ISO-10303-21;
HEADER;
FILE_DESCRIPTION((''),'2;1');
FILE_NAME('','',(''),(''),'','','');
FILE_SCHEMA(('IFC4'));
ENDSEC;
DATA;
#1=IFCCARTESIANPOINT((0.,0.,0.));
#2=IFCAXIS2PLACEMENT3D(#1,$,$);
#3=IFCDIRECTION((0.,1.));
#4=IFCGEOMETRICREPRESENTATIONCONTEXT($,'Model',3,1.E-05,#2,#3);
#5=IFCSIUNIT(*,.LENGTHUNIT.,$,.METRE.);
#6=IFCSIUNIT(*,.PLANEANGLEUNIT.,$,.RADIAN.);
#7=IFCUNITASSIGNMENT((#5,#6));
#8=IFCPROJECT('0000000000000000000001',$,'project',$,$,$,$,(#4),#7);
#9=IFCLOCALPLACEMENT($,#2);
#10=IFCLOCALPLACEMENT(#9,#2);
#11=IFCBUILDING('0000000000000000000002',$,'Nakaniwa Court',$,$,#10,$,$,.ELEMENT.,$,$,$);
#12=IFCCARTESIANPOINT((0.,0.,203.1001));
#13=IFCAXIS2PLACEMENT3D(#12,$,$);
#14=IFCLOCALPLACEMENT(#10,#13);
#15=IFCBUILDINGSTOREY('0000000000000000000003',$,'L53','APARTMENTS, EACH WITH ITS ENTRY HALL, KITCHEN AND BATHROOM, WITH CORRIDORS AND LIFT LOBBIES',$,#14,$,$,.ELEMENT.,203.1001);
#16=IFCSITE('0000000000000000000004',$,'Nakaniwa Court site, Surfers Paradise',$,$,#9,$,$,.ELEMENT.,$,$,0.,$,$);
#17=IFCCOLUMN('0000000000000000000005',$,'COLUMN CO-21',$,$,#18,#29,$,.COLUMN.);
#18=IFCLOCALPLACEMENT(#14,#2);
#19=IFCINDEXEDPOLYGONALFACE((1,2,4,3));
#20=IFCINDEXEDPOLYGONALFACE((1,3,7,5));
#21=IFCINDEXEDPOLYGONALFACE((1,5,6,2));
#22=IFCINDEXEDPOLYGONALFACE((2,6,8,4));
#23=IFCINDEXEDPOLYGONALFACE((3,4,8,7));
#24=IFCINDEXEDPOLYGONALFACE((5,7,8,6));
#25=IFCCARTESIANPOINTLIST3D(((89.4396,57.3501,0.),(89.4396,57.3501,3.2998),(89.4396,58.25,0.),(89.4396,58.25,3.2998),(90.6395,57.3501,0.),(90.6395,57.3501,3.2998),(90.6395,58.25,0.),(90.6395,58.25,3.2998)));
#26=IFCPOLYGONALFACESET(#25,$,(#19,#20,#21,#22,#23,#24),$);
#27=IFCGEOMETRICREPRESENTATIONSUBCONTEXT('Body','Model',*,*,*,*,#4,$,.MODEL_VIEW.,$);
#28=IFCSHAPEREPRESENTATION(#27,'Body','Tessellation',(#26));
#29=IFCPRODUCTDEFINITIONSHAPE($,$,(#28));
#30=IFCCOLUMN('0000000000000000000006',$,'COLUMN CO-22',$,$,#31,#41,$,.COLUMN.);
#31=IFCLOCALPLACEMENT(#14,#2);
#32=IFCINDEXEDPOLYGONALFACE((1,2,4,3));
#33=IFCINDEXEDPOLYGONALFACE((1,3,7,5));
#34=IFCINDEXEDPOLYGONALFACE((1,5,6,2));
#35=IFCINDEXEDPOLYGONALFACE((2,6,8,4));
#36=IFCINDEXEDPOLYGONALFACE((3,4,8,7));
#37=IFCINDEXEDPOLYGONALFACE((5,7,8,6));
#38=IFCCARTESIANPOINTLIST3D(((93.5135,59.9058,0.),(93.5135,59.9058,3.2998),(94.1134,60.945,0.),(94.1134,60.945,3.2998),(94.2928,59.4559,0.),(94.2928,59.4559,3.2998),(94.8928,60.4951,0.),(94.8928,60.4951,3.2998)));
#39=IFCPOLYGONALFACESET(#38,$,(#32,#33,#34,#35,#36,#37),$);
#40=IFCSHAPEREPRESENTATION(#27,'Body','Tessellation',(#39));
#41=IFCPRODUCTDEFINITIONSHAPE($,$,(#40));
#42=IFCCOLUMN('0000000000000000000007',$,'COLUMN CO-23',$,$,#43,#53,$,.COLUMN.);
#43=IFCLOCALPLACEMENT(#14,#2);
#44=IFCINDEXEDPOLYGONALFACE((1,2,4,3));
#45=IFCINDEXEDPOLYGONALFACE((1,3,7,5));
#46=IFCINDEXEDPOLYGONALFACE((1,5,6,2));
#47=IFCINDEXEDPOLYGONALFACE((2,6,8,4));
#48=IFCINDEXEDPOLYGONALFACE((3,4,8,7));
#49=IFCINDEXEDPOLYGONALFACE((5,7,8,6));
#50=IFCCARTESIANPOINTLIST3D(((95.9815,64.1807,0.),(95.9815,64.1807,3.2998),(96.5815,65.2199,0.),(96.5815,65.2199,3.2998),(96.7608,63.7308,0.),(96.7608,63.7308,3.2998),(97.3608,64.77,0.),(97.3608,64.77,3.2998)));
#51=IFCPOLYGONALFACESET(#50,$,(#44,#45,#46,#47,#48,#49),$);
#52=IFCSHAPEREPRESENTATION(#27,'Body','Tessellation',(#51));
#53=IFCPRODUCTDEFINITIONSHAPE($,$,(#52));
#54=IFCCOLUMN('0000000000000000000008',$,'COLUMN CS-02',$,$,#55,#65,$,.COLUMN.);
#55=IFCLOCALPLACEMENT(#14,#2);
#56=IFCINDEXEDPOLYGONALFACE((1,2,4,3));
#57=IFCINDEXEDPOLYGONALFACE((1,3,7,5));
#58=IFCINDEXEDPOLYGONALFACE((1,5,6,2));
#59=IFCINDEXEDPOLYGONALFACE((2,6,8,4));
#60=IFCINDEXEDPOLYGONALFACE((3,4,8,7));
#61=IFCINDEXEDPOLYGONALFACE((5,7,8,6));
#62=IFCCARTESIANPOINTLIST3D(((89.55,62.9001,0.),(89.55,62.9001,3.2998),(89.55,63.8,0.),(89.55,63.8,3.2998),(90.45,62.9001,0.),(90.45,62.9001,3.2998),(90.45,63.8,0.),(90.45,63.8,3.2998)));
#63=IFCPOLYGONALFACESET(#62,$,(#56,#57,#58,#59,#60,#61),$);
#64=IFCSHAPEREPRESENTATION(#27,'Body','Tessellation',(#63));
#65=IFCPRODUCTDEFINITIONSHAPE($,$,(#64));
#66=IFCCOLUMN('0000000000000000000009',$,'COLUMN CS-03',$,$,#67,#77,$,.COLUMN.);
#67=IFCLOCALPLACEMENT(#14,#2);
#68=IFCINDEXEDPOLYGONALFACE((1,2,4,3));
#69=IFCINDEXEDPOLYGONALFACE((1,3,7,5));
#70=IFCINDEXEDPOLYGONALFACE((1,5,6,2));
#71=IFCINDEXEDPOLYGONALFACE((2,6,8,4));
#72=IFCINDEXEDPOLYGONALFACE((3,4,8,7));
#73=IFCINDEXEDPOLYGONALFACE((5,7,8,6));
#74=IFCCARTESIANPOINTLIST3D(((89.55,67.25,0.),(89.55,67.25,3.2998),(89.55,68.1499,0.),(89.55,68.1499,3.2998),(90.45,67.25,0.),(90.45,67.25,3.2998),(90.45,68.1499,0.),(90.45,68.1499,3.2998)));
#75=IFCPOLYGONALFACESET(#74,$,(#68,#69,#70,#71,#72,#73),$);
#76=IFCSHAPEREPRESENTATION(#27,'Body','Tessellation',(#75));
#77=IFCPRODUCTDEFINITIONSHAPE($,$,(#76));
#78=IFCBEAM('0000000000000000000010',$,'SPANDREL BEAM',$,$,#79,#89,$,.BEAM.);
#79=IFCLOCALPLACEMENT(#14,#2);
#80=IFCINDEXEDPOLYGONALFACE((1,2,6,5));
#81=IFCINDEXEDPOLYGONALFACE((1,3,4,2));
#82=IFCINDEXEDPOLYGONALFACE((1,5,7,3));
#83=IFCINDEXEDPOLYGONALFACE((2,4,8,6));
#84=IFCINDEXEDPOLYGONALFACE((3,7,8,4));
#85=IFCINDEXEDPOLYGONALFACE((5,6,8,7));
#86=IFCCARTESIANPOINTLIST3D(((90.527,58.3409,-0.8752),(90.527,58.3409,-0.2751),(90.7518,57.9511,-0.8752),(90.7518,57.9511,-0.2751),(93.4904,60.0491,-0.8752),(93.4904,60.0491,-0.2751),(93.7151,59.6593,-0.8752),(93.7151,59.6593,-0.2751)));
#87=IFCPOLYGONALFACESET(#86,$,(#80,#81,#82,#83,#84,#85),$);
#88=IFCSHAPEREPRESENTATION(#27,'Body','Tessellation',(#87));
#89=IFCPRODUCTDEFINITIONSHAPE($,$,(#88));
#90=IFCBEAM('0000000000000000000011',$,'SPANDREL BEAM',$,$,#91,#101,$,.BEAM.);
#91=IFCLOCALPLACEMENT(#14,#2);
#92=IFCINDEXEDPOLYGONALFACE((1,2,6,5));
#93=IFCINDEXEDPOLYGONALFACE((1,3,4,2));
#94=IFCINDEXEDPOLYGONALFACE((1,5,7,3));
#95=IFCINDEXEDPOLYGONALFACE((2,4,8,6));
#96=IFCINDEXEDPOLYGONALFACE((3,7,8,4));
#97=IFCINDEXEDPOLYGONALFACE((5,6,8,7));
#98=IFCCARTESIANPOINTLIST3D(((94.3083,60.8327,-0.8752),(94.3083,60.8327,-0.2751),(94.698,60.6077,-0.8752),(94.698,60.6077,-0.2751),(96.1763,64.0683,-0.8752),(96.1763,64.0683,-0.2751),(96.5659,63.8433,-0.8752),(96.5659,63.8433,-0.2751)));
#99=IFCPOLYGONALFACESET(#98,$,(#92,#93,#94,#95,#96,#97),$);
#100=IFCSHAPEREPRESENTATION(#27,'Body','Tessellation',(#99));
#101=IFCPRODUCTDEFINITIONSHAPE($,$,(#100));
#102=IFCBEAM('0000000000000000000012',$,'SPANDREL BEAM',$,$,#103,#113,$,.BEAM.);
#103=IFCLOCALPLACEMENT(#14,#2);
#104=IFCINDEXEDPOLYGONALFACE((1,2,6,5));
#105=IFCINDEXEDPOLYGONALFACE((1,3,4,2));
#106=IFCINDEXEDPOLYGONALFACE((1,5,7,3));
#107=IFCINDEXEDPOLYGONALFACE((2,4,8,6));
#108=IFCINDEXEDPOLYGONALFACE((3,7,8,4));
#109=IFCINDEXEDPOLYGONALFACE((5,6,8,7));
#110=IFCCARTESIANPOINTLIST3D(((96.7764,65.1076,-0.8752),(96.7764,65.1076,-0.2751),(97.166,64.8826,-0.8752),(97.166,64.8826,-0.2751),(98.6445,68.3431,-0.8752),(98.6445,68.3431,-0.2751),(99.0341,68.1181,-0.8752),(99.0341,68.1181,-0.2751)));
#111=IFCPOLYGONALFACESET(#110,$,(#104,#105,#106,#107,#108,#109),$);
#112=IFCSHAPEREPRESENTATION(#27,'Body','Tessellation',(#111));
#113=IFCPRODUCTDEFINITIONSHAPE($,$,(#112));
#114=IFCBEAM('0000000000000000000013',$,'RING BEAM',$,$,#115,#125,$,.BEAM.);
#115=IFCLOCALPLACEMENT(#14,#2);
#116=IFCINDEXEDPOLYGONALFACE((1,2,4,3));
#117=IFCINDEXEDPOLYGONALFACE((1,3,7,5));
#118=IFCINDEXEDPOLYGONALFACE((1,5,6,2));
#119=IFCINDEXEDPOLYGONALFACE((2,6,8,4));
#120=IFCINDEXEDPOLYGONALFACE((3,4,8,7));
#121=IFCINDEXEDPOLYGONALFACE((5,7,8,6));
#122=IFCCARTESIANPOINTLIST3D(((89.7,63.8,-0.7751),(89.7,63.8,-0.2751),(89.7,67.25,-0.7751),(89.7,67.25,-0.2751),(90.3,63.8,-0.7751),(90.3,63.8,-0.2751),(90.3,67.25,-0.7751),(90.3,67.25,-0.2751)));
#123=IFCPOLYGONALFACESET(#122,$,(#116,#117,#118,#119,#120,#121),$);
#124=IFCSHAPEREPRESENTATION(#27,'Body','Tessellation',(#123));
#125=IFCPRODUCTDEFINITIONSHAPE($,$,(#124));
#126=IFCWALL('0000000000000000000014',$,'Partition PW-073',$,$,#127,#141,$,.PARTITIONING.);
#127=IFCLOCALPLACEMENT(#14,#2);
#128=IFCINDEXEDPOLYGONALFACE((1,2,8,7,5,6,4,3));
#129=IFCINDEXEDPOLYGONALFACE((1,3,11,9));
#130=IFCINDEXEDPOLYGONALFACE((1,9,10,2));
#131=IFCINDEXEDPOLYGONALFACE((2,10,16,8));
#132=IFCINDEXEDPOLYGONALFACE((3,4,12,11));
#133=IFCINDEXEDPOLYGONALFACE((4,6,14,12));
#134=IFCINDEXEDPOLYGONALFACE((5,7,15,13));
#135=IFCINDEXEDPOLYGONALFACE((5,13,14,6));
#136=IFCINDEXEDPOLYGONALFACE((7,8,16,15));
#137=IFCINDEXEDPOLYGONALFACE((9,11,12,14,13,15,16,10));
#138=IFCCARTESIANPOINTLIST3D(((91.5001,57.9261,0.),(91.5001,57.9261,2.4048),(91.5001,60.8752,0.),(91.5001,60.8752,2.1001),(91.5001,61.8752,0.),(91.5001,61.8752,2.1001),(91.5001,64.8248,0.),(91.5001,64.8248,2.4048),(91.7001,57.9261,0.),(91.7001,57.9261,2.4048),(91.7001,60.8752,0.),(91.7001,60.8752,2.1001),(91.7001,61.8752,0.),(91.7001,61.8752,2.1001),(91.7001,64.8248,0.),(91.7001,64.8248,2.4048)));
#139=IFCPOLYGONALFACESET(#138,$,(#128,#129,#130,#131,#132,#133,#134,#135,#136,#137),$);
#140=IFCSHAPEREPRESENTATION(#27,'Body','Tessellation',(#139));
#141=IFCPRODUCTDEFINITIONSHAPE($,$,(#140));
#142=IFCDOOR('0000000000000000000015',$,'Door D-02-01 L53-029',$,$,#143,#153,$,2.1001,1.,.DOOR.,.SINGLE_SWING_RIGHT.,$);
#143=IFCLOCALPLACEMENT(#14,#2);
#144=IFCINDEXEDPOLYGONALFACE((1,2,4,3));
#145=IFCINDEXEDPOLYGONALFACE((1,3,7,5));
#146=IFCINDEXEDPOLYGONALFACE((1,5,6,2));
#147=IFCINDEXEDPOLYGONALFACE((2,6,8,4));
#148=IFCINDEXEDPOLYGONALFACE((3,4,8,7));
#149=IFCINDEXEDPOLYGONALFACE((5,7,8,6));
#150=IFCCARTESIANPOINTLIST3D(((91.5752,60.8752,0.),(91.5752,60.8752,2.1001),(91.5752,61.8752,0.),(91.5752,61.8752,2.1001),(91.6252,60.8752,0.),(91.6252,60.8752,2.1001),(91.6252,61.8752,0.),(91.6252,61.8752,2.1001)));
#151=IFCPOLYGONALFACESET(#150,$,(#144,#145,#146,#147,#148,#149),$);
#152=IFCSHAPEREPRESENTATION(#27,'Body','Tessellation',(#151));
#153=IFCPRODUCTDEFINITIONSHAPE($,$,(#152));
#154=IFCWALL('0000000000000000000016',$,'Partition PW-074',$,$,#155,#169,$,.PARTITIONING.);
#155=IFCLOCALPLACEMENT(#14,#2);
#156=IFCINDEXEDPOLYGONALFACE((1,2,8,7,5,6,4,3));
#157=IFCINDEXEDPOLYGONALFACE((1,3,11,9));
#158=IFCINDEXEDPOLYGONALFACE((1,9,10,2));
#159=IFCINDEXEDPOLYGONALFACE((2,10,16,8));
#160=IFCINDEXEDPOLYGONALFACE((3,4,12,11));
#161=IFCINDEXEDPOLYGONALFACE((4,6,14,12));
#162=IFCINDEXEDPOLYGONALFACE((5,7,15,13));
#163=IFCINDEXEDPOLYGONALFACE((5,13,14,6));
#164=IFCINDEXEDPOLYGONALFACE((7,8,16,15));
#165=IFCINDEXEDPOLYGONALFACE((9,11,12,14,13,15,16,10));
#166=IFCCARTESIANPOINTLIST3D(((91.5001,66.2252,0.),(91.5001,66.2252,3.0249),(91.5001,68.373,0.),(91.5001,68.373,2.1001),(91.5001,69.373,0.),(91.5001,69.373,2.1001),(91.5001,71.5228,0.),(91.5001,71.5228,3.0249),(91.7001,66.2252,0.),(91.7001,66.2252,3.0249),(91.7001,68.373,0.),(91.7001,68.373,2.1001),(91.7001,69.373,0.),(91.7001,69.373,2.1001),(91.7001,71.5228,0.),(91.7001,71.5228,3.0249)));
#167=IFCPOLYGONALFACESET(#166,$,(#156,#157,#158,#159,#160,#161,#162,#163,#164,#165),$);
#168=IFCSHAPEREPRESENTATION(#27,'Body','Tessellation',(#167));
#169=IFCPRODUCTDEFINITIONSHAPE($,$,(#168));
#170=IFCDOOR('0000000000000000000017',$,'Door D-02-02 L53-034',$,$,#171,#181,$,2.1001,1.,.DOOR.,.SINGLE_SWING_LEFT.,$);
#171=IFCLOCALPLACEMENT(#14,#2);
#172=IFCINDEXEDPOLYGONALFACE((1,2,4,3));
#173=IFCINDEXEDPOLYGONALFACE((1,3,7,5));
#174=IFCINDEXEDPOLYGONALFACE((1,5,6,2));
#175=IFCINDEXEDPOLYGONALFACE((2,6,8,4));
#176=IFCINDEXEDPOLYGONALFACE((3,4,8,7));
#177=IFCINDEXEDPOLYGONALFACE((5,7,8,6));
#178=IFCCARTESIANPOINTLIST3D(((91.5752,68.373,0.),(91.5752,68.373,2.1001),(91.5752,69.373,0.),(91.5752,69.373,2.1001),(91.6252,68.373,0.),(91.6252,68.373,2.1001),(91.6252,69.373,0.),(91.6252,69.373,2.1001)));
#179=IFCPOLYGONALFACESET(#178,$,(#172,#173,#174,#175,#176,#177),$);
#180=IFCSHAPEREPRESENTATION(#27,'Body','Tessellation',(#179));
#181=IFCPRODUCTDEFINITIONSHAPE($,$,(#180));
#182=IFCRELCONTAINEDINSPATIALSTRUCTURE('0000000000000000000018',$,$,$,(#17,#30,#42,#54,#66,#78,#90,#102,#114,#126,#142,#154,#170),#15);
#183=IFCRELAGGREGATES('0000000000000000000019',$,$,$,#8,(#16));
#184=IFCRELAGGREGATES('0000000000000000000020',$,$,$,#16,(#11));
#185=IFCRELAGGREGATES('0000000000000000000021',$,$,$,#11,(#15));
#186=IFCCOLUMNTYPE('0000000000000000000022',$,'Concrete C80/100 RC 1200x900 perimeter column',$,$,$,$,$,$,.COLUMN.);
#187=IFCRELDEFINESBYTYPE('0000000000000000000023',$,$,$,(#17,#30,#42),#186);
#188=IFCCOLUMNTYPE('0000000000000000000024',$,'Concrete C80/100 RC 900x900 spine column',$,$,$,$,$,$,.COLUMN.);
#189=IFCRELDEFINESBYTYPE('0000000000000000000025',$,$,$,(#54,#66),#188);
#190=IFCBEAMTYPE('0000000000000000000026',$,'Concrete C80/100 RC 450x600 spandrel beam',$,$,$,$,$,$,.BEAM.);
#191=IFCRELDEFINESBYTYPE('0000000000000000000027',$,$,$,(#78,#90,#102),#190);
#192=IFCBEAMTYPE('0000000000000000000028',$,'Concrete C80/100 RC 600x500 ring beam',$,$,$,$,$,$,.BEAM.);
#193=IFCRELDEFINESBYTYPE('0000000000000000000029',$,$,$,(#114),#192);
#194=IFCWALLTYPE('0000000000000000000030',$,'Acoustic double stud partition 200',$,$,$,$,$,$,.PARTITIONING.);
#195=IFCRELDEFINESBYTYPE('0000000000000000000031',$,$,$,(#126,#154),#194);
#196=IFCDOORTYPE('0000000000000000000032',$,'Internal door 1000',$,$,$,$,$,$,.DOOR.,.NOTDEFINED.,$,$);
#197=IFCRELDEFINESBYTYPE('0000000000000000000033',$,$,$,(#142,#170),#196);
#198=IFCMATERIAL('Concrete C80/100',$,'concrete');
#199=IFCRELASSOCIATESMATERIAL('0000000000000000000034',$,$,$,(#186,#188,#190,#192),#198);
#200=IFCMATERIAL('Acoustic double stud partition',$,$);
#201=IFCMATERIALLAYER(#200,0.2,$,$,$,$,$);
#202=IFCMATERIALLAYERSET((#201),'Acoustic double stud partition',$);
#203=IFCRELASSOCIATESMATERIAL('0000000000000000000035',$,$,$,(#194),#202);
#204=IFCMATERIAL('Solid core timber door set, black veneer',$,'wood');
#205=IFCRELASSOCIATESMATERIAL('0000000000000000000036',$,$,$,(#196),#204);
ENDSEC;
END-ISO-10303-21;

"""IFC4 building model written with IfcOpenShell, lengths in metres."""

from ifc_helpers import new_model, si_unit, direction, frame, frame_2d, origin, origin_2d, place, context, subcontext, project, spatial, rectangle, extrude, material, layer, layer_set, material_profile, profile_set, type_object, element, fill, save


model = new_model("IFC4")

# Units and contexts
model_context = context("Model", 3, precision=1e-05, world=origin(), true_north=direction((0.0, 1.0)))
body_context = subcontext(model_context, "Body", "Model", "MODEL_VIEW")
ifc_project = project(units=[si_unit("LENGTHUNIT", "METRE"), si_unit("PLANEANGLEUNIT", "RADIAN")], contexts=[model_context])

# Site, building, storey
site_placement = place(None, origin())
site = spatial("IfcSite", under=ifc_project, at=site_placement, Name="Nakaniwa Court site, Surfers Paradise", CompositionType="ELEMENT", RefElevation=0.0)
building_placement = place(site_placement, origin())
building = spatial("IfcBuilding", under=site, at=building_placement, Name="Nakaniwa Court", CompositionType="ELEMENT")
storey_placement = place(building_placement, frame((0.0, 0.0, 203.1001)))
storey = spatial("IfcBuildingStorey", under=building, at=storey_placement, Name="L53", Description="APARTMENTS, EACH WITH ITS ENTRY HALL, KITCHEN AND BATHROOM, WITH CORRIDORS AND LIFT LOBBIES", CompositionType="ELEMENT", Elevation=203.1001)

# Columns
ifc_material_1 = material(Name="Concrete C80/100", Category="concrete")
ifc_material_profile_1 = material_profile(ifc_material_1, rectangle(XDim=1.2, YDim=0.8999, at=origin_2d()), Name="Concrete C80/100 RC 1200x900 perimeter column")
ifc_profile_set_1 = profile_set([ifc_material_profile_1], Name="Concrete C80/100")
column_type_1 = type_object("IfcColumnType", Name="Concrete C80/100 RC 1200x900 perimeter column", PredefinedType="COLUMN", material=ifc_profile_set_1)
for number, where, z_axis, x_axis, name in (
    (1, (90.0396, 57.8, 0.0), (0.0, 0.0, 1.0), (1.0, 0.0, 0.0), "COLUMN CO-21"),
    (2, (94.2031, 60.2004, 0.0), (0.0, 0.0, 1.0), (0.5, 0.866025, 0.0), "COLUMN CO-22"),
    (3, (96.6711, 64.4753, 0.0), (0.0, 0.0, 1.0), (0.5, 0.866025, 0.0), "COLUMN CO-23"),
):
    element("IfcColumn", number, at=place(storey_placement, frame(where, z_axis=z_axis, x_axis=x_axis)), inside=storey, type_object=column_type_1, Name=name, PredefinedType="COLUMN", context=body_context, shape_type="SweptSolid", body=[
        extrude(rectangle(XDim=1.2, YDim=0.8999, at=origin_2d()), origin(), (0.0, 0.0, 1.0), 3.2998),
    ])
ifc_material_profile_2 = material_profile(ifc_material_1, rectangle(XDim=0.8999, YDim=0.8999, at=origin_2d()), Name="Concrete C80/100 RC 900x900 spine column")
ifc_profile_set_2 = profile_set([ifc_material_profile_2], Name="Concrete C80/100")
column_type_2 = type_object("IfcColumnType", Name="Concrete C80/100 RC 900x900 spine column", PredefinedType="COLUMN", material=ifc_profile_set_2)
for number, where, z_axis, x_axis, name in (
    (4, (90.0, 63.3501, 0.0), (0.0, 0.0, 1.0), (0.0, 1.0, 0.0), "COLUMN CS-02"),
    (5, (90.0, 67.7, 0.0), (0.0, 0.0, 1.0), (0.0, 1.0, 0.0), "COLUMN CS-03"),
):
    element("IfcColumn", number, at=place(storey_placement, frame(where, z_axis=z_axis, x_axis=x_axis)), inside=storey, type_object=column_type_2, Name=name, PredefinedType="COLUMN", context=body_context, shape_type="SweptSolid", body=[
        extrude(rectangle(XDim=0.8999, YDim=0.8999, at=origin_2d()), origin(), (0.0, 0.0, 1.0), 3.2998),
    ])

# Beams
ifc_material_profile_3 = material_profile(ifc_material_1, rectangle(XDim=0.45, YDim=0.6001, at=origin_2d()), Name="Concrete C80/100 RC 450x600 spandrel beam")
ifc_profile_set_3 = profile_set([ifc_material_profile_3], Name="Concrete C80/100")
beam_type_1 = type_object("IfcBeamType", Name="Concrete C80/100 RC 450x600 spandrel beam", PredefinedType="BEAM", material=ifc_profile_set_3)
beam_1_placement = place(storey_placement, frame((90.6394, 58.146, -0.5752), z_axis=(0.866361, 0.499418, 0.0), x_axis=(-0.499418, 0.866361, 0.0)))
element("IfcBeam", 6, at=beam_1_placement, inside=storey, type_object=beam_type_1, Name="SPANDREL BEAM", PredefinedType="BEAM", context=body_context, shape_type="SweptSolid", body=[
    extrude(rectangle(XDim=0.45, YDim=0.6001, at=origin_2d()), origin(), (0.0, 0.0, 1.0), 3.4204),
])
for number, where, z_axis, x_axis, name in (
    (7, (94.5032, 60.7202, -0.5752), (0.499969, 0.866043, 0.0), (-0.866043, 0.499969, 0.0), "SPANDREL BEAM"),
    (8, (96.9712, 64.9951, -0.5752), (0.500018, 0.866015, 0.0), (-0.866015, 0.500018, 0.0), "SPANDREL BEAM"),
):
    element("IfcBeam", number, at=place(storey_placement, frame(where, z_axis=z_axis, x_axis=x_axis)), inside=storey, type_object=beam_type_1, Name=name, PredefinedType="BEAM", context=body_context, shape_type="SweptSolid", body=[
        extrude(rectangle(XDim=0.45, YDim=0.6001, at=origin_2d()), origin(), (0.0, 0.0, 1.0), 3.7361),
    ])
ifc_material_profile_4 = material_profile(ifc_material_1, rectangle(XDim=0.6001, YDim=0.5, at=origin_2d()), Name="Concrete C80/100 RC 600x500 ring beam")
ifc_profile_set_4 = profile_set([ifc_material_profile_4], Name="Concrete C80/100")
beam_type_2 = type_object("IfcBeamType", Name="Concrete C80/100 RC 600x500 ring beam", PredefinedType="BEAM", material=ifc_profile_set_4)
beam_2_placement = place(storey_placement, frame((90.0, 63.8, -0.5251), z_axis=(0.0, 1.0, 0.0), x_axis=(-1.0, 0.0, 0.0)))
element("IfcBeam", 9, at=beam_2_placement, inside=storey, type_object=beam_type_2, Name="RING BEAM", PredefinedType="BEAM", context=body_context, shape_type="SweptSolid", body=[
    extrude(rectangle(XDim=0.6001, YDim=0.5, at=origin_2d()), origin(), (0.0, 0.0, 1.0), 3.45),
])

# Walls, openings, doors
ifc_material_2 = material(Name="Acoustic double stud partition")
ifc_layer_1 = layer(ifc_material_2, 0.2)
ifc_layer_set_1 = layer_set([ifc_layer_1], Name="Acoustic double stud partition")
wall_type_1 = type_object("IfcWallType", Name="Acoustic double stud partition 200", PredefinedType="PARTITIONING", material=ifc_layer_set_1)
wall_1_placement = place(storey_placement, frame((91.6001, 57.9263, 0.0), z_axis=(0.0, 0.0, 1.0), x_axis=(0.0, 1.0, 0.0)))
wall_1 = element("IfcWall", 10, at=wall_1_placement, inside=storey, type_object=wall_type_1, Name="Partition PW-073", PredefinedType="PARTITIONING", context=body_context, shape_type="SweptSolid", body=[
    extrude(rectangle(XDim=6.8987, YDim=0.2, at=frame_2d((3.4492, 0.0))), origin(), (0.0, 0.0, 1.0), 2.4048),
])
opening_1_placement = place(wall_1_placement, frame((2.949, 0.0, 0.0)))
opening_1 = element("IfcOpeningElement", 11, at=opening_1_placement, cuts=wall_1, PredefinedType="OPENING", context=body_context, shape_type="SweptSolid", body=[
    extrude(rectangle(XDim=1.0, YDim=2.1001, at=frame_2d((0.5, 1.05))), frame((0.0, 0.1099, 0.0), z_axis=(0.0, -1.0, 0.0), x_axis=(1.0, 0.0, 0.0)), (0.0, 0.0, 1.0), 0.22),
])
ifc_material_3 = material(Name="Solid core timber door set, black veneer", Category="wood")
door_type_1 = type_object("IfcDoorType", Name="Internal door 1000", OperationType="NOTDEFINED", PredefinedType="DOOR", material=ifc_material_3)
door_1_placement = place(opening_1_placement, origin())
door_1 = element("IfcDoor", 12, at=door_1_placement, inside=storey, type_object=door_type_1, Name="Door D-02-01 L53-029", OperationType="SINGLE_SWING_RIGHT", OverallHeight=2.1001, OverallWidth=1.0, PredefinedType="DOOR", context=body_context, shape_type="SweptSolid", body=[
    extrude(rectangle(XDim=1.0, YDim=2.1001, at=frame_2d((0.5, 1.05))), frame((0.0, 0.0249, 0.0), z_axis=(0.0, -1.0, 0.0), x_axis=(1.0, 0.0, 0.0)), (0.0, 0.0, 1.0), 0.05),
])
fill(opening_1, door_1)
wall_2_placement = place(storey_placement, frame((91.6001, 66.2251, 0.0), z_axis=(0.0, 0.0, 1.0), x_axis=(0.0, 1.0, 0.0)))
wall_2 = element("IfcWall", 13, at=wall_2_placement, inside=storey, type_object=wall_type_1, Name="Partition PW-074", PredefinedType="PARTITIONING", context=body_context, shape_type="SweptSolid", body=[
    extrude(rectangle(XDim=5.2976, YDim=0.2, at=frame_2d((2.6489, 0.0))), origin(), (0.0, 0.0, 1.0), 3.0249),
])
opening_2_placement = place(wall_2_placement, frame((2.1479, 0.0, 0.0)))
opening_2 = element("IfcOpeningElement", 14, at=opening_2_placement, cuts=wall_2, PredefinedType="OPENING", context=body_context, shape_type="SweptSolid", body=[
    extrude(rectangle(XDim=1.0, YDim=2.1001, at=frame_2d((0.5, 1.05))), frame((0.0, 0.1099, 0.0), z_axis=(0.0, -1.0, 0.0), x_axis=(1.0, 0.0, 0.0)), (0.0, 0.0, 1.0), 0.22),
])
door_2_placement = place(opening_2_placement, origin())
door_2 = element("IfcDoor", 15, at=door_2_placement, inside=storey, type_object=door_type_1, Name="Door D-02-02 L53-034", OperationType="SINGLE_SWING_LEFT", OverallHeight=2.1001, OverallWidth=1.0, PredefinedType="DOOR", context=body_context, shape_type="SweptSolid", body=[
    extrude(rectangle(XDim=1.0, YDim=2.1001, at=frame_2d((0.5, 1.05))), frame((0.0, 0.0249, 0.0), z_axis=(0.0, -1.0, 0.0), x_axis=(1.0, 0.0, 0.0)), (0.0, 0.0, 1.0), 0.05),
])
fill(opening_2, door_2)

save(model, "model.ifc")
